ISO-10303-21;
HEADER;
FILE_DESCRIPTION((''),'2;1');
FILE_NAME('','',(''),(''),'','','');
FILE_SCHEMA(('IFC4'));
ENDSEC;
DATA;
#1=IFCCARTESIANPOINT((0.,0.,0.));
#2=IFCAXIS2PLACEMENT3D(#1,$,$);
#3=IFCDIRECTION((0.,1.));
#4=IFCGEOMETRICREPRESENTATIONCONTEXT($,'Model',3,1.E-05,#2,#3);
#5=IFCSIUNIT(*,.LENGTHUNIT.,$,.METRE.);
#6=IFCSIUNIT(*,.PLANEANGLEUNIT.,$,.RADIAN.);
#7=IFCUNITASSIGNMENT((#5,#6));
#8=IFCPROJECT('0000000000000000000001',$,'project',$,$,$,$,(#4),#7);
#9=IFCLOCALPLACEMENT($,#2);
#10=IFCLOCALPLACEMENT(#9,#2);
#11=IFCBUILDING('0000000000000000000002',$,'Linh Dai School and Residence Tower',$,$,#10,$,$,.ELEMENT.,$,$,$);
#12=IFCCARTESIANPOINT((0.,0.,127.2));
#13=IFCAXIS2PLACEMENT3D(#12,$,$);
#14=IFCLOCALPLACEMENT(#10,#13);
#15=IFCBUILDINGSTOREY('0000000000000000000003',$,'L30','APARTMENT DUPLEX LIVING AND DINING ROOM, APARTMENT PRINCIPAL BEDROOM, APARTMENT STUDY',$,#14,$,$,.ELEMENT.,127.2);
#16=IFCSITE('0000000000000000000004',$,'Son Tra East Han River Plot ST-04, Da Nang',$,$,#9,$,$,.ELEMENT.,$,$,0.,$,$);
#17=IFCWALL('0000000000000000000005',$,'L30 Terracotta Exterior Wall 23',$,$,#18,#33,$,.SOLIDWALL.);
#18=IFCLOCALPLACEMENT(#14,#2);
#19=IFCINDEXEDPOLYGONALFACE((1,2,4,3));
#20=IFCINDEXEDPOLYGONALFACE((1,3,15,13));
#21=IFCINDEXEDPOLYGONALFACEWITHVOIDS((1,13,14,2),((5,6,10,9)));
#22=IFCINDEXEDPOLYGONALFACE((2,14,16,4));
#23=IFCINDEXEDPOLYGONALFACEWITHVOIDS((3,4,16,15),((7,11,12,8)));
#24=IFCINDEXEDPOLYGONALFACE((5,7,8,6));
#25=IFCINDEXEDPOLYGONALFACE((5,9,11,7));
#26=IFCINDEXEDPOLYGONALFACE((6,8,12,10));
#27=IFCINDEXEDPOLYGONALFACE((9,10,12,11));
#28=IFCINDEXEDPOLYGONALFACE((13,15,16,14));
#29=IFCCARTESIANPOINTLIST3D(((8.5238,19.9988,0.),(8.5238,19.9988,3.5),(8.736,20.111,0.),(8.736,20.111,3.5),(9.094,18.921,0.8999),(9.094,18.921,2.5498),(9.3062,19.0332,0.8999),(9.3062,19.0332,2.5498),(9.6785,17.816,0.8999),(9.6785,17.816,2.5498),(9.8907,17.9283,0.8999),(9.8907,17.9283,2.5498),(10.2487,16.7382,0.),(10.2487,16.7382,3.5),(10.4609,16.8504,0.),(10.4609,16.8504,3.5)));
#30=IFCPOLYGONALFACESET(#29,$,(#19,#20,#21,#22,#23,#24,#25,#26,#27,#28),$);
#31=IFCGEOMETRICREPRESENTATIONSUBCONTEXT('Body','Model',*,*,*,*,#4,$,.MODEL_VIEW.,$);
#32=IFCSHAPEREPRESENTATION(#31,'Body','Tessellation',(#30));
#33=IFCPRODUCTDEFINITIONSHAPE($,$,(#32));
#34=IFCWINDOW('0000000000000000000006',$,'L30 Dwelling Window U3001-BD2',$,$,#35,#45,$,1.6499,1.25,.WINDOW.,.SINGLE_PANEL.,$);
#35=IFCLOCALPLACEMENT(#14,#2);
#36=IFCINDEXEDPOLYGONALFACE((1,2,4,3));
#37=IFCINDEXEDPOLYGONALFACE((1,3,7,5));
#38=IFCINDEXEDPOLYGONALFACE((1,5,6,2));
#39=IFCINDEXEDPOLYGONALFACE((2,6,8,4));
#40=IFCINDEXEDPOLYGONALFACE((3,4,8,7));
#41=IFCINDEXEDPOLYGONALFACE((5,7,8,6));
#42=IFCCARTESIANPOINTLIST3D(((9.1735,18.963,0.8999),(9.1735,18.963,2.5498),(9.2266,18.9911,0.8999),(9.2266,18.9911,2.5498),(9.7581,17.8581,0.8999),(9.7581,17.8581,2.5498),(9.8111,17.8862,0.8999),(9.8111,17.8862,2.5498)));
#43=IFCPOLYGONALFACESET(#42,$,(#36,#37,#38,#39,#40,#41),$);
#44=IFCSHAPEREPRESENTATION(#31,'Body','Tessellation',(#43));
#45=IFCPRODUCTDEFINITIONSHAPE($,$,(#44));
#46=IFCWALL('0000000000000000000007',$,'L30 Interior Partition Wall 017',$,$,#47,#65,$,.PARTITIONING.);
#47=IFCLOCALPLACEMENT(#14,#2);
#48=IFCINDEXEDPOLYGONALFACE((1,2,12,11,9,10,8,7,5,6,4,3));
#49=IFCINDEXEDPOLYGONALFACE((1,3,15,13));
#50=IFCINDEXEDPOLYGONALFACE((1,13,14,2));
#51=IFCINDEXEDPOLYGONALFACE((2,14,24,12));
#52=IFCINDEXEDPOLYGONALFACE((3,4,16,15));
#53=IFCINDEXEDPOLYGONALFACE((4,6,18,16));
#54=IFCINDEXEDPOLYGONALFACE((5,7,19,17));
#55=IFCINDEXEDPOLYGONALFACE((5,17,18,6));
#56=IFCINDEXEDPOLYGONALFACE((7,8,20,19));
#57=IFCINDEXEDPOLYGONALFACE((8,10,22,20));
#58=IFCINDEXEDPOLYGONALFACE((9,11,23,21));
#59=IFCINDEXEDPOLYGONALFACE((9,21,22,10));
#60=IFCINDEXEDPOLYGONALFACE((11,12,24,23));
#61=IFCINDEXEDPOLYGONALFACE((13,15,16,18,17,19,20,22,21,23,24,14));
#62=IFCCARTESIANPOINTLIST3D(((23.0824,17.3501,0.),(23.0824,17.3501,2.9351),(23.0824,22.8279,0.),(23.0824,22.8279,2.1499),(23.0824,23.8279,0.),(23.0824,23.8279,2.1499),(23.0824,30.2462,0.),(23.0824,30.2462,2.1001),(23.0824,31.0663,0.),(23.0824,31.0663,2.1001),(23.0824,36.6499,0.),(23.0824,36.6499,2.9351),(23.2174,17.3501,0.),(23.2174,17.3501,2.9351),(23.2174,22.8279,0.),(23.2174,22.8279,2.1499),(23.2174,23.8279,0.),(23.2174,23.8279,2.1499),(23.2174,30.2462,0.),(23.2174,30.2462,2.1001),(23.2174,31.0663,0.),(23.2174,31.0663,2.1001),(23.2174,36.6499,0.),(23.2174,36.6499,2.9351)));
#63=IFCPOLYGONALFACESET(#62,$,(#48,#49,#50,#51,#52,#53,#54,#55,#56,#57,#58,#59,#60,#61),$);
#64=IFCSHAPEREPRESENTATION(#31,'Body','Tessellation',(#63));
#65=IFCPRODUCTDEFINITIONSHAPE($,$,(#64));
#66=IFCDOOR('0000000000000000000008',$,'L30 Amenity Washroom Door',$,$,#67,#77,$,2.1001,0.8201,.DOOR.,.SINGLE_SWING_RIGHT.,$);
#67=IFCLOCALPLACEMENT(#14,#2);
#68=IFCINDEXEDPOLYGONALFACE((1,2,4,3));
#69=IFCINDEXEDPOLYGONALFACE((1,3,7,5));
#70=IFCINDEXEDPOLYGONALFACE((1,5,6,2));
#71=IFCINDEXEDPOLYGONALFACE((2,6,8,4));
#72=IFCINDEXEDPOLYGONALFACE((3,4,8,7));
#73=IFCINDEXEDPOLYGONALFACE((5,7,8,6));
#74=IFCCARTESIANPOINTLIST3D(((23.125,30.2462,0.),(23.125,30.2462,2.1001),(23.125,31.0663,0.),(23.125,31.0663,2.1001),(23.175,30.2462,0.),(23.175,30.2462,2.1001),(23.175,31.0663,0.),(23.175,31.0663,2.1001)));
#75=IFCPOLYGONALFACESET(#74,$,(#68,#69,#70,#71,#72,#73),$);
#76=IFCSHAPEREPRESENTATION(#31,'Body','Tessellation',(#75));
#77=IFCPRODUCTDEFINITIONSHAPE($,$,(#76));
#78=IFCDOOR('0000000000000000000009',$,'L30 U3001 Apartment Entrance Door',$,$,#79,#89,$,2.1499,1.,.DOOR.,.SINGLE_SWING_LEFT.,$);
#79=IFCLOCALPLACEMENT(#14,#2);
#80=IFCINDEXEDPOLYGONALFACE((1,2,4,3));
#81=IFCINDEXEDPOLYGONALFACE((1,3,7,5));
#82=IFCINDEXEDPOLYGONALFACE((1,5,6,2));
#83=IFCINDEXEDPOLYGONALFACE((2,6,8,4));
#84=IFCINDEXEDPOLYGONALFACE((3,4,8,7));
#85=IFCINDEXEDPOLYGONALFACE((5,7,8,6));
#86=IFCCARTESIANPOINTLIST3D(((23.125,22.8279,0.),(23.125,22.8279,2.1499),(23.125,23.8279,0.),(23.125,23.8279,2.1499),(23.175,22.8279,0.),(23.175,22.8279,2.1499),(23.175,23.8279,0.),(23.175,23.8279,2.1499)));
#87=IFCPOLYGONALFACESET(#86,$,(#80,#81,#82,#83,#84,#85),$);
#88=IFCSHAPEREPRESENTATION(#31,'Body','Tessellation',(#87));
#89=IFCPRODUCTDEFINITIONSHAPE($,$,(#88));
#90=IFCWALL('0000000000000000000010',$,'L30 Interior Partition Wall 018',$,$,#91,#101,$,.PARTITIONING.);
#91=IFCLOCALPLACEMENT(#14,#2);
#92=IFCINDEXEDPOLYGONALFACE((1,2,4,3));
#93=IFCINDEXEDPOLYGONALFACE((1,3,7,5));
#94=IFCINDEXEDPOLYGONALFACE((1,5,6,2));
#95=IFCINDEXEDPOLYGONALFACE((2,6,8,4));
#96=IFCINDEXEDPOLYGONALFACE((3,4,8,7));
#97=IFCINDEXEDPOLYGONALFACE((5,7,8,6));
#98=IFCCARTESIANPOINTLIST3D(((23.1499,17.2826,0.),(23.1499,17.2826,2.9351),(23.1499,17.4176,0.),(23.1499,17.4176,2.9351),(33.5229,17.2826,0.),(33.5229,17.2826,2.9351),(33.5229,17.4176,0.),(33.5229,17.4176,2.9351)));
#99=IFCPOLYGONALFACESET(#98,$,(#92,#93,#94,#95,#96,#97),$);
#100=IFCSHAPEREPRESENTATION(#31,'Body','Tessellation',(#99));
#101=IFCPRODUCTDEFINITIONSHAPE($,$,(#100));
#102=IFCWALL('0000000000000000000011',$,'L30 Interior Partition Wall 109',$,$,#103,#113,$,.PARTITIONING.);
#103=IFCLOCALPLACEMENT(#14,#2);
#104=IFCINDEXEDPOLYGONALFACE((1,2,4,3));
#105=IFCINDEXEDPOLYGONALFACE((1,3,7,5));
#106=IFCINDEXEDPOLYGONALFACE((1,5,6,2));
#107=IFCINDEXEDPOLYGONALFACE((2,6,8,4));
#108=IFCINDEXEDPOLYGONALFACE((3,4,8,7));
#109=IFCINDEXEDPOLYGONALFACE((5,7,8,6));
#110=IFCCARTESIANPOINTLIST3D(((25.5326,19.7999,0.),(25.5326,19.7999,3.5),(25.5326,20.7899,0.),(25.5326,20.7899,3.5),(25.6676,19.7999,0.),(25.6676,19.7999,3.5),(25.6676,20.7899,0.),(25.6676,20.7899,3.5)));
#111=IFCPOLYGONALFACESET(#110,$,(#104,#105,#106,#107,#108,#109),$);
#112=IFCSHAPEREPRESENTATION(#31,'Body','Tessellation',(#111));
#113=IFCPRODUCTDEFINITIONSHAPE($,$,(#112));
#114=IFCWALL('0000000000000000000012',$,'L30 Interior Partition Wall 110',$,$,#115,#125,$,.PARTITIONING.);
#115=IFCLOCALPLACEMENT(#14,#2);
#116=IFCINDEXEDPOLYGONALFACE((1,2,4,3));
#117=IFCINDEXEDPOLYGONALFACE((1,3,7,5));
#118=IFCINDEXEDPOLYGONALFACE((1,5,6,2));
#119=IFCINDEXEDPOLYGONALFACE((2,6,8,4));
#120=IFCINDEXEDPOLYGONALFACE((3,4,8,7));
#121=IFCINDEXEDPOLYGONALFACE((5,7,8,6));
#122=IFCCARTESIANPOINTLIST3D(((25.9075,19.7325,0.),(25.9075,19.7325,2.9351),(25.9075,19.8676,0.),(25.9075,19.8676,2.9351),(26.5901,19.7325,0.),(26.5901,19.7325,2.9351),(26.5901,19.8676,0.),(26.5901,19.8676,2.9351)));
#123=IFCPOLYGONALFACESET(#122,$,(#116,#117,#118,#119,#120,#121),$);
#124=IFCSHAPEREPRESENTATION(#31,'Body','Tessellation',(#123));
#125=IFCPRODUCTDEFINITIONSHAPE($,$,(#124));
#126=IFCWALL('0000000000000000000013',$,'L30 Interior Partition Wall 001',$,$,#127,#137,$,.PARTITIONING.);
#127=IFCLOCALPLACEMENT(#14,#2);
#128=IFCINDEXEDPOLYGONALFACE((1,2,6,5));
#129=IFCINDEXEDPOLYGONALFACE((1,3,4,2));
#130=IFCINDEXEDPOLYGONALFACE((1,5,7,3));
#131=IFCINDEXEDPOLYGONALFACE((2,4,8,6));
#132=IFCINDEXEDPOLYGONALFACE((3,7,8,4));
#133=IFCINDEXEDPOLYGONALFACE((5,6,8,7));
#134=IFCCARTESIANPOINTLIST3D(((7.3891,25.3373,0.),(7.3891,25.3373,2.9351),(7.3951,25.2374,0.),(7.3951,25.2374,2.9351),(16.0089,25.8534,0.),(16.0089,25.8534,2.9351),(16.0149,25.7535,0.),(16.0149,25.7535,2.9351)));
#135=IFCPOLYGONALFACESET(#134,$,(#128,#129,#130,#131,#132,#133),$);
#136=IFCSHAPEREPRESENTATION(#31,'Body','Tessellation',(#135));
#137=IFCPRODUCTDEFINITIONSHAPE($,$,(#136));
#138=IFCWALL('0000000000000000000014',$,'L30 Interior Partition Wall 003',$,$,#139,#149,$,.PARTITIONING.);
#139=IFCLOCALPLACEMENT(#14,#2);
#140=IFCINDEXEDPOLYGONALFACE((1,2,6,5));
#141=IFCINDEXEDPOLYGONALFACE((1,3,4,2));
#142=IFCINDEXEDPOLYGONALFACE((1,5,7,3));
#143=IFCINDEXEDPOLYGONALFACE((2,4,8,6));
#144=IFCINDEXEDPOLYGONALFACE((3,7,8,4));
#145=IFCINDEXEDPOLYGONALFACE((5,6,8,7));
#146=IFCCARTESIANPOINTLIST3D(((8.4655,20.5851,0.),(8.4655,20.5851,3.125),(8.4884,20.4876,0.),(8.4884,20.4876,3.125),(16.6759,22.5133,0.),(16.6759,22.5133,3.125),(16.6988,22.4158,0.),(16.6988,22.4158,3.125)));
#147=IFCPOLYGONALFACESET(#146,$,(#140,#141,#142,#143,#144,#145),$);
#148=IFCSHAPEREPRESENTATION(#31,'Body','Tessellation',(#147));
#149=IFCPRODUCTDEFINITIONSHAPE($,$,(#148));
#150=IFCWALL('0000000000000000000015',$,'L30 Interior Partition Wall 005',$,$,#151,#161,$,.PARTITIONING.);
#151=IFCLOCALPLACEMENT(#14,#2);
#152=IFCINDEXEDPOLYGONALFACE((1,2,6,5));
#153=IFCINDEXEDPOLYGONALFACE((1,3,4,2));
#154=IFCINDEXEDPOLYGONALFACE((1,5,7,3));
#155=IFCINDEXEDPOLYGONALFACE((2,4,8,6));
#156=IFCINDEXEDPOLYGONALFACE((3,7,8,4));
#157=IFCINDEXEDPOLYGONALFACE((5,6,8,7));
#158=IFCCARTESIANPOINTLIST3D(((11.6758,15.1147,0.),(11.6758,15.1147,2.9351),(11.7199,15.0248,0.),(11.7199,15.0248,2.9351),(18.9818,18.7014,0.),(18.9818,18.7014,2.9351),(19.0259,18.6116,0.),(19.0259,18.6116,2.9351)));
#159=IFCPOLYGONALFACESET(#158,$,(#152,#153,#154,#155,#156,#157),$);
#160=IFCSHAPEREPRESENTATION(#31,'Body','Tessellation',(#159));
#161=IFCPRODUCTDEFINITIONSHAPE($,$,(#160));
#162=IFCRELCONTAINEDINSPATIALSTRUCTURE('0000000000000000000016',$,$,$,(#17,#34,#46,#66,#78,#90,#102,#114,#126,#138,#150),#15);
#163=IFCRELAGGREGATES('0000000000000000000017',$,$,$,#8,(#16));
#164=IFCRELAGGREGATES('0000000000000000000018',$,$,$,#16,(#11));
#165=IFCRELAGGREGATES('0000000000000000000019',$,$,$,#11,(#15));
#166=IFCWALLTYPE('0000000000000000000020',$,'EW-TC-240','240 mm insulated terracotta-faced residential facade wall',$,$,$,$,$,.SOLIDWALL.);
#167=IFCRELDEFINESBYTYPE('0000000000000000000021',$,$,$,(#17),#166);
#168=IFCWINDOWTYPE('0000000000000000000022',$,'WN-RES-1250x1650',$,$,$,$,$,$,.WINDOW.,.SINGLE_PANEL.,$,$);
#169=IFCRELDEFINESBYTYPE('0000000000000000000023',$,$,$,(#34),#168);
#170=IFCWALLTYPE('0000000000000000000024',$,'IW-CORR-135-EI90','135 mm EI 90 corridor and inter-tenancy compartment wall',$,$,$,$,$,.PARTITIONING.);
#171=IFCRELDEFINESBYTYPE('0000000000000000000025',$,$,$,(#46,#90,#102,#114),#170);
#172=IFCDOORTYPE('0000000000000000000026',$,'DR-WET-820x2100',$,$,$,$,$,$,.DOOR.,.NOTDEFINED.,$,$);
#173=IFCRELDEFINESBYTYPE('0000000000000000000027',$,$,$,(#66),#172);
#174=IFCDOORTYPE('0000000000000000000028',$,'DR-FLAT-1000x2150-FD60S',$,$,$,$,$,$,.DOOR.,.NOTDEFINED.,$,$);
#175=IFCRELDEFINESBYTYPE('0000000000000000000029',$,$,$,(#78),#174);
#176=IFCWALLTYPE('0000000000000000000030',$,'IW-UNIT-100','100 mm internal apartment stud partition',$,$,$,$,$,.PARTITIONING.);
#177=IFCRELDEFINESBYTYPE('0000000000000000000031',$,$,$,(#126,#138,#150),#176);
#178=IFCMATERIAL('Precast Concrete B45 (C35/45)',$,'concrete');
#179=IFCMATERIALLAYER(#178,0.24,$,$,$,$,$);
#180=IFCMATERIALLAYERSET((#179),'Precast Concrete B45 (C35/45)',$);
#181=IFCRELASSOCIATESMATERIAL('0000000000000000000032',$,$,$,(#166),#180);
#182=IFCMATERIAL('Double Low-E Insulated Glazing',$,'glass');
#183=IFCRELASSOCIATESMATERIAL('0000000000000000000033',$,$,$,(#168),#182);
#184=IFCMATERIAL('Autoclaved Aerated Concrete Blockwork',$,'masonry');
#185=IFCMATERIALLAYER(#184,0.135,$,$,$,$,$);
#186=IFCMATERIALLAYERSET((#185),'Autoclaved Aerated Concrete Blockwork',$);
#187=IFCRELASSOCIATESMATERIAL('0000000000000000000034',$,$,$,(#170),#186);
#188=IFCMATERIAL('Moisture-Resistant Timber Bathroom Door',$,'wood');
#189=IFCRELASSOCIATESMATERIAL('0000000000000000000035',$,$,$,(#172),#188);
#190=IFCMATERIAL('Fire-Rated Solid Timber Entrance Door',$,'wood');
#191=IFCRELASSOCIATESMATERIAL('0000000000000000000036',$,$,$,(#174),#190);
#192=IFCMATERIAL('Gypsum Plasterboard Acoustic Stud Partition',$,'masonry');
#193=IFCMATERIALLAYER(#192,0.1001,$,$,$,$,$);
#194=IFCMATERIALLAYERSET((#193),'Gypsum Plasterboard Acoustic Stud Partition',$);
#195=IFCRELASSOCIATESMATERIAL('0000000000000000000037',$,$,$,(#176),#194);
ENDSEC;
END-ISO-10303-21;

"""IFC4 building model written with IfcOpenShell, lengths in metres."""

from ifc_helpers import new_model, si_unit, direction, frame, frame_2d, origin, origin_2d, place, context, subcontext, project, spatial, rectangle, extrude, source, transform, mapped, material, layer, layer_set, type_object, element, fill, save


model = new_model("IFC4")

# Units and contexts
model_context = context("Model", 3, precision=1e-05, world=origin(), true_north=direction((0.0, 1.0)))
body_context = subcontext(model_context, "Body", "Model", "MODEL_VIEW")
ifc_project = project(units=[si_unit("LENGTHUNIT", "METRE"), si_unit("PLANEANGLEUNIT", "RADIAN")], contexts=[model_context])

# Site, building, storey
site_placement = place(None, origin())
site = spatial("IfcSite", under=ifc_project, at=site_placement, Name="Son Tra East Han River Plot ST-04, Da Nang", CompositionType="ELEMENT", RefElevation=0.0)
building_placement = place(site_placement, origin())
building = spatial("IfcBuilding", under=site, at=building_placement, Name="Linh Dai School and Residence Tower", CompositionType="ELEMENT")
storey_placement = place(building_placement, frame((0.0, 0.0, 127.2)))
storey = spatial("IfcBuildingStorey", under=building, at=storey_placement, Name="L30", Description="APARTMENT DUPLEX LIVING AND DINING ROOM, APARTMENT PRINCIPAL BEDROOM, APARTMENT STUDY", CompositionType="ELEMENT", Elevation=127.2)

# Shared definitions
ifc_material_1 = material(Name="Precast Concrete B45 (C35/45)", Category="concrete")

# Shared definitions
ifc_layer_1 = layer(ifc_material_1, 0.24)
ifc_layer_set_1 = layer_set([ifc_layer_1], Name="Precast Concrete B45 (C35/45)")
wall_type_1 = type_object("IfcWallType", Name="EW-TC-240", Description="240 mm insulated terracotta-faced residential facade wall", PredefinedType="SOLIDWALL", material=ifc_layer_set_1)

# Wall, opening, window
ifc_material_2 = material(Name="Double Low-E Insulated Glazing", Category="glass")
wall_1_placement = place(storey_placement, frame((10.3547, 16.7944, 0.0), z_axis=(0.0, 0.0, 1.0), x_axis=(-0.467614, 0.883933, 0.0)))
wall_1 = element("IfcWall", 1, at=wall_1_placement, inside=storey, type_object=wall_type_1, Name="L30 Terracotta Exterior Wall 23", PredefinedType="SOLIDWALL", context=body_context, shape_type="SweptSolid", body=[
    extrude(rectangle(XDim=3.6887, YDim=0.24, at=frame_2d((1.8442, 0.0))), origin(), (0.0, 0.0, 1.0), 3.5),
])
opening_1_placement = place(wall_1_placement, frame((1.2192, 0.0, 0.8999)))
opening_1 = element("IfcOpeningElement", 2, at=opening_1_placement, cuts=wall_1, PredefinedType="OPENING", context=body_context, shape_type="SweptSolid", body=[
    extrude(rectangle(XDim=1.25, YDim=1.6499, at=origin_2d()), frame((0.625, 0.1299, 0.825), z_axis=(0.0, -1.0, 0.0), x_axis=(1.0, 0.0, 0.0)), (0.0, 0.0, 1.0), 0.26),
])
window_type_1 = type_object("IfcWindowType", Name="WN-RES-1250x1650", PartitioningType="SINGLE_PANEL", PredefinedType="WINDOW", material=ifc_material_2)
shared_shape_1 = source(origin(), body_context, "Body", "SweptSolid", [
    extrude(rectangle(XDim=1.25, YDim=1.6499, at=origin_2d()), frame((0.625, 0.03, 0.825), z_axis=(0.0, -1.0, 0.0), x_axis=(1.0, 0.0, 0.0)), (0.0, 0.0, 1.0), 0.0601),
])
window_1_placement = place(opening_1_placement, origin())
window_1 = element("IfcWindow", 3, at=window_1_placement, inside=storey, type_object=window_type_1, Name="L30 Dwelling Window U3001-BD2", OverallHeight=1.6499, OverallWidth=1.25, PartitioningType="SINGLE_PANEL", PredefinedType="WINDOW", context=body_context, shape_type="MappedRepresentation", body=[
    mapped(shared_shape_1, transform((0.0, 0.0, 0.0), x_axis=(1.0, 0.0, 0.0), y_axis=(0.0, 1.0, 0.0), z_axis=(0.0, 0.0, 1.0), scale=1.0)),
])
fill(opening_1, window_1)

# Wall, openings, doors
ifc_material_3 = material(Name="Autoclaved Aerated Concrete Blockwork", Category="masonry")
ifc_layer_2 = layer(ifc_material_3, 0.135)
ifc_layer_set_2 = layer_set([ifc_layer_2], Name="Autoclaved Aerated Concrete Blockwork")
wall_type_2 = type_object("IfcWallType", Name="IW-CORR-135-EI90", Description="135 mm EI 90 corridor and inter-tenancy compartment wall", PredefinedType="PARTITIONING", material=ifc_layer_set_2)
wall_2_placement = place(storey_placement, frame((23.1499, 17.3501, 0.0), z_axis=(0.0, 0.0, 1.0), x_axis=(0.0, 1.0, 0.0)))
wall_2 = element("IfcWall", 4, at=wall_2_placement, inside=storey, type_object=wall_type_2, Name="L30 Interior Partition Wall 017", PredefinedType="PARTITIONING", context=body_context, shape_type="SweptSolid", body=[
    extrude(rectangle(XDim=19.2998, YDim=0.135, at=frame_2d((9.6499, 0.0))), origin(), (0.0, 0.0, 1.0), 2.9351),
])
opening_2_placement = place(wall_2_placement, frame((5.4778, 0.0, 0.0)))
opening_2 = element("IfcOpeningElement", 5, at=opening_2_placement, cuts=wall_2, PredefinedType="OPENING", context=body_context, shape_type="SweptSolid", body=[
    extrude(rectangle(XDim=1.0, YDim=2.1499, at=origin_2d()), frame((0.5, 0.0776, 1.075), z_axis=(0.0, -1.0, 0.0), x_axis=(1.0, 0.0, 0.0)), (0.0, 0.0, 1.0), 0.155),
])
opening_3_placement = place(wall_2_placement, frame((12.896, 0.0, 0.0)))
opening_3 = element("IfcOpeningElement", 6, at=opening_3_placement, cuts=wall_2, PredefinedType="OPENING", context=body_context, shape_type="SweptSolid", body=[
    extrude(rectangle(XDim=0.8201, YDim=2.1001, at=origin_2d()), frame((0.4102, 0.0776, 1.05), z_axis=(0.0, -1.0, 0.0), x_axis=(1.0, 0.0, 0.0)), (0.0, 0.0, 1.0), 0.155),
])
ifc_material_4 = material(Name="Moisture-Resistant Timber Bathroom Door", Category="wood")
door_type_1 = type_object("IfcDoorType", Name="DR-WET-820x2100", OperationType="NOTDEFINED", PredefinedType="DOOR", material=ifc_material_4)
shared_shape_2 = source(origin(), body_context, "Body", "SweptSolid", [
    extrude(rectangle(XDim=0.8201, YDim=2.1001, at=origin_2d()), frame((0.4102, 0.0249, 1.05), z_axis=(0.0, -1.0, 0.0), x_axis=(1.0, 0.0, 0.0)), (0.0, 0.0, 1.0), 0.05),
])
door_1_placement = place(opening_3_placement, origin())
door_1 = element("IfcDoor", 7, at=door_1_placement, inside=storey, type_object=door_type_1, Name="L30 Amenity Washroom Door", OperationType="SINGLE_SWING_RIGHT", OverallHeight=2.1001, OverallWidth=0.8201, PredefinedType="DOOR", context=body_context, shape_type="MappedRepresentation", body=[
    mapped(shared_shape_2, transform((0.0, 0.0, 0.0), x_axis=(1.0, 0.0, 0.0), y_axis=(0.0, 1.0, 0.0), z_axis=(0.0, 0.0, 1.0), scale=1.0)),
])
fill(opening_3, door_1)
ifc_material_5 = material(Name="Fire-Rated Solid Timber Entrance Door", Category="wood")
door_type_2 = type_object("IfcDoorType", Name="DR-FLAT-1000x2150-FD60S", OperationType="NOTDEFINED", PredefinedType="DOOR", material=ifc_material_5)
shared_shape_3 = source(origin(), body_context, "Body", "SweptSolid", [
    extrude(rectangle(XDim=1.0, YDim=2.1499, at=origin_2d()), frame((0.5, 0.0249, 1.075), z_axis=(0.0, -1.0, 0.0), x_axis=(1.0, 0.0, 0.0)), (0.0, 0.0, 1.0), 0.05),
])
door_2_placement = place(opening_2_placement, origin())
door_2 = element("IfcDoor", 8, at=door_2_placement, inside=storey, type_object=door_type_2, Name="L30 U3001 Apartment Entrance Door", OperationType="SINGLE_SWING_LEFT", OverallHeight=2.1499, OverallWidth=1.0, PredefinedType="DOOR", context=body_context, shape_type="MappedRepresentation", body=[
    mapped(shared_shape_3, transform((0.0, 0.0, 0.0), x_axis=(1.0, 0.0, 0.0), y_axis=(0.0, 1.0, 0.0), z_axis=(0.0, 0.0, 1.0), scale=1.0)),
])
fill(opening_2, door_2)

# Walls
wall_3_placement = place(storey_placement, frame((23.1499, 17.3501, 0.0), z_axis=(0.0, 0.0, 1.0), x_axis=(1.0, 0.0, 0.0)))
element("IfcWall", 9, at=wall_3_placement, inside=storey, type_object=wall_type_2, Name="L30 Interior Partition Wall 018", PredefinedType="PARTITIONING", context=body_context, shape_type="SweptSolid", body=[
    extrude(rectangle(XDim=10.373, YDim=0.135, at=frame_2d((5.1865, 0.0))), origin(), (0.0, 0.0, 1.0), 2.9351),
])
wall_4_placement = place(storey_placement, frame((25.6001, 20.79, 0.0), z_axis=(0.0, 0.0, 1.0), x_axis=(0.0, -1.0, 0.0)))
element("IfcWall", 10, at=wall_4_placement, inside=storey, type_object=wall_type_2, Name="L30 Interior Partition Wall 109", PredefinedType="PARTITIONING", context=body_context, shape_type="SweptSolid", body=[
    extrude(rectangle(XDim=0.99, YDim=0.135, at=frame_2d((0.4951, 0.0))), origin(), (0.0, 0.0, 1.0), 3.5),
])
wall_5_placement = place(storey_placement, frame((25.9075, 19.8, 0.0), z_axis=(0.0, 0.0, 1.0), x_axis=(1.0, 0.0, 0.0)))
element("IfcWall", 11, at=wall_5_placement, inside=storey, type_object=wall_type_2, Name="L30 Interior Partition Wall 110", PredefinedType="PARTITIONING", context=body_context, shape_type="SweptSolid", body=[
    extrude(rectangle(XDim=0.6826, YDim=0.135, at=frame_2d((0.3413, 0.0))), origin(), (0.0, 0.0, 1.0), 2.9351),
])
ifc_material_6 = material(Name="Gypsum Plasterboard Acoustic Stud Partition", Category="masonry")
ifc_layer_3 = layer(ifc_material_6, 0.1001)
ifc_layer_set_3 = layer_set([ifc_layer_3], Name="Gypsum Plasterboard Acoustic Stud Partition")
wall_type_3 = type_object("IfcWallType", Name="IW-UNIT-100", Description="100 mm internal apartment stud partition", PredefinedType="PARTITIONING", material=ifc_layer_set_3)
wall_6_placement = place(storey_placement, frame((7.3921, 25.2874, 0.0), z_axis=(0.0, 0.0, 1.0), x_axis=(0.998212, 0.059768, 0.0)))
element("IfcWall", 12, at=wall_6_placement, inside=storey, type_object=wall_type_3, Name="L30 Interior Partition Wall 001", PredefinedType="PARTITIONING", context=body_context, shape_type="SweptSolid", body=[
    extrude(rectangle(XDim=8.6353, YDim=0.1001, at=frame_2d((4.3176, 0.0))), origin(), (0.0, 0.0, 1.0), 2.9351),
])
wall_7_placement = place(storey_placement, frame((8.4771, 20.5364, 0.0), z_axis=(0.0, 0.0, 1.0), x_axis=(0.973514, 0.228629, 0.0)))
element("IfcWall", 13, at=wall_7_placement, inside=storey, type_object=wall_type_3, Name="L30 Interior Partition Wall 003", PredefinedType="PARTITIONING", context=body_context, shape_type="SweptSolid", body=[
    extrude(rectangle(XDim=8.4338, YDim=0.1001, at=frame_2d((4.2168, 0.0))), origin(), (0.0, 0.0, 1.0), 3.125),
])
wall_8_placement = place(storey_placement, frame((11.698, 15.0698, 0.0), z_axis=(0.0, 0.0, 1.0), x_axis=(0.897661, 0.440686, 0.0)))
element("IfcWall", 14, at=wall_8_placement, inside=storey, type_object=wall_type_3, Name="L30 Interior Partition Wall 005", PredefinedType="PARTITIONING", context=body_context, shape_type="SweptSolid", body=[
    extrude(rectangle(XDim=8.1389, YDim=0.1001, at=frame_2d((4.0693, 0.0))), origin(), (0.0, 0.0, 1.0), 2.9351),
])

save(model, "model.ifc")
